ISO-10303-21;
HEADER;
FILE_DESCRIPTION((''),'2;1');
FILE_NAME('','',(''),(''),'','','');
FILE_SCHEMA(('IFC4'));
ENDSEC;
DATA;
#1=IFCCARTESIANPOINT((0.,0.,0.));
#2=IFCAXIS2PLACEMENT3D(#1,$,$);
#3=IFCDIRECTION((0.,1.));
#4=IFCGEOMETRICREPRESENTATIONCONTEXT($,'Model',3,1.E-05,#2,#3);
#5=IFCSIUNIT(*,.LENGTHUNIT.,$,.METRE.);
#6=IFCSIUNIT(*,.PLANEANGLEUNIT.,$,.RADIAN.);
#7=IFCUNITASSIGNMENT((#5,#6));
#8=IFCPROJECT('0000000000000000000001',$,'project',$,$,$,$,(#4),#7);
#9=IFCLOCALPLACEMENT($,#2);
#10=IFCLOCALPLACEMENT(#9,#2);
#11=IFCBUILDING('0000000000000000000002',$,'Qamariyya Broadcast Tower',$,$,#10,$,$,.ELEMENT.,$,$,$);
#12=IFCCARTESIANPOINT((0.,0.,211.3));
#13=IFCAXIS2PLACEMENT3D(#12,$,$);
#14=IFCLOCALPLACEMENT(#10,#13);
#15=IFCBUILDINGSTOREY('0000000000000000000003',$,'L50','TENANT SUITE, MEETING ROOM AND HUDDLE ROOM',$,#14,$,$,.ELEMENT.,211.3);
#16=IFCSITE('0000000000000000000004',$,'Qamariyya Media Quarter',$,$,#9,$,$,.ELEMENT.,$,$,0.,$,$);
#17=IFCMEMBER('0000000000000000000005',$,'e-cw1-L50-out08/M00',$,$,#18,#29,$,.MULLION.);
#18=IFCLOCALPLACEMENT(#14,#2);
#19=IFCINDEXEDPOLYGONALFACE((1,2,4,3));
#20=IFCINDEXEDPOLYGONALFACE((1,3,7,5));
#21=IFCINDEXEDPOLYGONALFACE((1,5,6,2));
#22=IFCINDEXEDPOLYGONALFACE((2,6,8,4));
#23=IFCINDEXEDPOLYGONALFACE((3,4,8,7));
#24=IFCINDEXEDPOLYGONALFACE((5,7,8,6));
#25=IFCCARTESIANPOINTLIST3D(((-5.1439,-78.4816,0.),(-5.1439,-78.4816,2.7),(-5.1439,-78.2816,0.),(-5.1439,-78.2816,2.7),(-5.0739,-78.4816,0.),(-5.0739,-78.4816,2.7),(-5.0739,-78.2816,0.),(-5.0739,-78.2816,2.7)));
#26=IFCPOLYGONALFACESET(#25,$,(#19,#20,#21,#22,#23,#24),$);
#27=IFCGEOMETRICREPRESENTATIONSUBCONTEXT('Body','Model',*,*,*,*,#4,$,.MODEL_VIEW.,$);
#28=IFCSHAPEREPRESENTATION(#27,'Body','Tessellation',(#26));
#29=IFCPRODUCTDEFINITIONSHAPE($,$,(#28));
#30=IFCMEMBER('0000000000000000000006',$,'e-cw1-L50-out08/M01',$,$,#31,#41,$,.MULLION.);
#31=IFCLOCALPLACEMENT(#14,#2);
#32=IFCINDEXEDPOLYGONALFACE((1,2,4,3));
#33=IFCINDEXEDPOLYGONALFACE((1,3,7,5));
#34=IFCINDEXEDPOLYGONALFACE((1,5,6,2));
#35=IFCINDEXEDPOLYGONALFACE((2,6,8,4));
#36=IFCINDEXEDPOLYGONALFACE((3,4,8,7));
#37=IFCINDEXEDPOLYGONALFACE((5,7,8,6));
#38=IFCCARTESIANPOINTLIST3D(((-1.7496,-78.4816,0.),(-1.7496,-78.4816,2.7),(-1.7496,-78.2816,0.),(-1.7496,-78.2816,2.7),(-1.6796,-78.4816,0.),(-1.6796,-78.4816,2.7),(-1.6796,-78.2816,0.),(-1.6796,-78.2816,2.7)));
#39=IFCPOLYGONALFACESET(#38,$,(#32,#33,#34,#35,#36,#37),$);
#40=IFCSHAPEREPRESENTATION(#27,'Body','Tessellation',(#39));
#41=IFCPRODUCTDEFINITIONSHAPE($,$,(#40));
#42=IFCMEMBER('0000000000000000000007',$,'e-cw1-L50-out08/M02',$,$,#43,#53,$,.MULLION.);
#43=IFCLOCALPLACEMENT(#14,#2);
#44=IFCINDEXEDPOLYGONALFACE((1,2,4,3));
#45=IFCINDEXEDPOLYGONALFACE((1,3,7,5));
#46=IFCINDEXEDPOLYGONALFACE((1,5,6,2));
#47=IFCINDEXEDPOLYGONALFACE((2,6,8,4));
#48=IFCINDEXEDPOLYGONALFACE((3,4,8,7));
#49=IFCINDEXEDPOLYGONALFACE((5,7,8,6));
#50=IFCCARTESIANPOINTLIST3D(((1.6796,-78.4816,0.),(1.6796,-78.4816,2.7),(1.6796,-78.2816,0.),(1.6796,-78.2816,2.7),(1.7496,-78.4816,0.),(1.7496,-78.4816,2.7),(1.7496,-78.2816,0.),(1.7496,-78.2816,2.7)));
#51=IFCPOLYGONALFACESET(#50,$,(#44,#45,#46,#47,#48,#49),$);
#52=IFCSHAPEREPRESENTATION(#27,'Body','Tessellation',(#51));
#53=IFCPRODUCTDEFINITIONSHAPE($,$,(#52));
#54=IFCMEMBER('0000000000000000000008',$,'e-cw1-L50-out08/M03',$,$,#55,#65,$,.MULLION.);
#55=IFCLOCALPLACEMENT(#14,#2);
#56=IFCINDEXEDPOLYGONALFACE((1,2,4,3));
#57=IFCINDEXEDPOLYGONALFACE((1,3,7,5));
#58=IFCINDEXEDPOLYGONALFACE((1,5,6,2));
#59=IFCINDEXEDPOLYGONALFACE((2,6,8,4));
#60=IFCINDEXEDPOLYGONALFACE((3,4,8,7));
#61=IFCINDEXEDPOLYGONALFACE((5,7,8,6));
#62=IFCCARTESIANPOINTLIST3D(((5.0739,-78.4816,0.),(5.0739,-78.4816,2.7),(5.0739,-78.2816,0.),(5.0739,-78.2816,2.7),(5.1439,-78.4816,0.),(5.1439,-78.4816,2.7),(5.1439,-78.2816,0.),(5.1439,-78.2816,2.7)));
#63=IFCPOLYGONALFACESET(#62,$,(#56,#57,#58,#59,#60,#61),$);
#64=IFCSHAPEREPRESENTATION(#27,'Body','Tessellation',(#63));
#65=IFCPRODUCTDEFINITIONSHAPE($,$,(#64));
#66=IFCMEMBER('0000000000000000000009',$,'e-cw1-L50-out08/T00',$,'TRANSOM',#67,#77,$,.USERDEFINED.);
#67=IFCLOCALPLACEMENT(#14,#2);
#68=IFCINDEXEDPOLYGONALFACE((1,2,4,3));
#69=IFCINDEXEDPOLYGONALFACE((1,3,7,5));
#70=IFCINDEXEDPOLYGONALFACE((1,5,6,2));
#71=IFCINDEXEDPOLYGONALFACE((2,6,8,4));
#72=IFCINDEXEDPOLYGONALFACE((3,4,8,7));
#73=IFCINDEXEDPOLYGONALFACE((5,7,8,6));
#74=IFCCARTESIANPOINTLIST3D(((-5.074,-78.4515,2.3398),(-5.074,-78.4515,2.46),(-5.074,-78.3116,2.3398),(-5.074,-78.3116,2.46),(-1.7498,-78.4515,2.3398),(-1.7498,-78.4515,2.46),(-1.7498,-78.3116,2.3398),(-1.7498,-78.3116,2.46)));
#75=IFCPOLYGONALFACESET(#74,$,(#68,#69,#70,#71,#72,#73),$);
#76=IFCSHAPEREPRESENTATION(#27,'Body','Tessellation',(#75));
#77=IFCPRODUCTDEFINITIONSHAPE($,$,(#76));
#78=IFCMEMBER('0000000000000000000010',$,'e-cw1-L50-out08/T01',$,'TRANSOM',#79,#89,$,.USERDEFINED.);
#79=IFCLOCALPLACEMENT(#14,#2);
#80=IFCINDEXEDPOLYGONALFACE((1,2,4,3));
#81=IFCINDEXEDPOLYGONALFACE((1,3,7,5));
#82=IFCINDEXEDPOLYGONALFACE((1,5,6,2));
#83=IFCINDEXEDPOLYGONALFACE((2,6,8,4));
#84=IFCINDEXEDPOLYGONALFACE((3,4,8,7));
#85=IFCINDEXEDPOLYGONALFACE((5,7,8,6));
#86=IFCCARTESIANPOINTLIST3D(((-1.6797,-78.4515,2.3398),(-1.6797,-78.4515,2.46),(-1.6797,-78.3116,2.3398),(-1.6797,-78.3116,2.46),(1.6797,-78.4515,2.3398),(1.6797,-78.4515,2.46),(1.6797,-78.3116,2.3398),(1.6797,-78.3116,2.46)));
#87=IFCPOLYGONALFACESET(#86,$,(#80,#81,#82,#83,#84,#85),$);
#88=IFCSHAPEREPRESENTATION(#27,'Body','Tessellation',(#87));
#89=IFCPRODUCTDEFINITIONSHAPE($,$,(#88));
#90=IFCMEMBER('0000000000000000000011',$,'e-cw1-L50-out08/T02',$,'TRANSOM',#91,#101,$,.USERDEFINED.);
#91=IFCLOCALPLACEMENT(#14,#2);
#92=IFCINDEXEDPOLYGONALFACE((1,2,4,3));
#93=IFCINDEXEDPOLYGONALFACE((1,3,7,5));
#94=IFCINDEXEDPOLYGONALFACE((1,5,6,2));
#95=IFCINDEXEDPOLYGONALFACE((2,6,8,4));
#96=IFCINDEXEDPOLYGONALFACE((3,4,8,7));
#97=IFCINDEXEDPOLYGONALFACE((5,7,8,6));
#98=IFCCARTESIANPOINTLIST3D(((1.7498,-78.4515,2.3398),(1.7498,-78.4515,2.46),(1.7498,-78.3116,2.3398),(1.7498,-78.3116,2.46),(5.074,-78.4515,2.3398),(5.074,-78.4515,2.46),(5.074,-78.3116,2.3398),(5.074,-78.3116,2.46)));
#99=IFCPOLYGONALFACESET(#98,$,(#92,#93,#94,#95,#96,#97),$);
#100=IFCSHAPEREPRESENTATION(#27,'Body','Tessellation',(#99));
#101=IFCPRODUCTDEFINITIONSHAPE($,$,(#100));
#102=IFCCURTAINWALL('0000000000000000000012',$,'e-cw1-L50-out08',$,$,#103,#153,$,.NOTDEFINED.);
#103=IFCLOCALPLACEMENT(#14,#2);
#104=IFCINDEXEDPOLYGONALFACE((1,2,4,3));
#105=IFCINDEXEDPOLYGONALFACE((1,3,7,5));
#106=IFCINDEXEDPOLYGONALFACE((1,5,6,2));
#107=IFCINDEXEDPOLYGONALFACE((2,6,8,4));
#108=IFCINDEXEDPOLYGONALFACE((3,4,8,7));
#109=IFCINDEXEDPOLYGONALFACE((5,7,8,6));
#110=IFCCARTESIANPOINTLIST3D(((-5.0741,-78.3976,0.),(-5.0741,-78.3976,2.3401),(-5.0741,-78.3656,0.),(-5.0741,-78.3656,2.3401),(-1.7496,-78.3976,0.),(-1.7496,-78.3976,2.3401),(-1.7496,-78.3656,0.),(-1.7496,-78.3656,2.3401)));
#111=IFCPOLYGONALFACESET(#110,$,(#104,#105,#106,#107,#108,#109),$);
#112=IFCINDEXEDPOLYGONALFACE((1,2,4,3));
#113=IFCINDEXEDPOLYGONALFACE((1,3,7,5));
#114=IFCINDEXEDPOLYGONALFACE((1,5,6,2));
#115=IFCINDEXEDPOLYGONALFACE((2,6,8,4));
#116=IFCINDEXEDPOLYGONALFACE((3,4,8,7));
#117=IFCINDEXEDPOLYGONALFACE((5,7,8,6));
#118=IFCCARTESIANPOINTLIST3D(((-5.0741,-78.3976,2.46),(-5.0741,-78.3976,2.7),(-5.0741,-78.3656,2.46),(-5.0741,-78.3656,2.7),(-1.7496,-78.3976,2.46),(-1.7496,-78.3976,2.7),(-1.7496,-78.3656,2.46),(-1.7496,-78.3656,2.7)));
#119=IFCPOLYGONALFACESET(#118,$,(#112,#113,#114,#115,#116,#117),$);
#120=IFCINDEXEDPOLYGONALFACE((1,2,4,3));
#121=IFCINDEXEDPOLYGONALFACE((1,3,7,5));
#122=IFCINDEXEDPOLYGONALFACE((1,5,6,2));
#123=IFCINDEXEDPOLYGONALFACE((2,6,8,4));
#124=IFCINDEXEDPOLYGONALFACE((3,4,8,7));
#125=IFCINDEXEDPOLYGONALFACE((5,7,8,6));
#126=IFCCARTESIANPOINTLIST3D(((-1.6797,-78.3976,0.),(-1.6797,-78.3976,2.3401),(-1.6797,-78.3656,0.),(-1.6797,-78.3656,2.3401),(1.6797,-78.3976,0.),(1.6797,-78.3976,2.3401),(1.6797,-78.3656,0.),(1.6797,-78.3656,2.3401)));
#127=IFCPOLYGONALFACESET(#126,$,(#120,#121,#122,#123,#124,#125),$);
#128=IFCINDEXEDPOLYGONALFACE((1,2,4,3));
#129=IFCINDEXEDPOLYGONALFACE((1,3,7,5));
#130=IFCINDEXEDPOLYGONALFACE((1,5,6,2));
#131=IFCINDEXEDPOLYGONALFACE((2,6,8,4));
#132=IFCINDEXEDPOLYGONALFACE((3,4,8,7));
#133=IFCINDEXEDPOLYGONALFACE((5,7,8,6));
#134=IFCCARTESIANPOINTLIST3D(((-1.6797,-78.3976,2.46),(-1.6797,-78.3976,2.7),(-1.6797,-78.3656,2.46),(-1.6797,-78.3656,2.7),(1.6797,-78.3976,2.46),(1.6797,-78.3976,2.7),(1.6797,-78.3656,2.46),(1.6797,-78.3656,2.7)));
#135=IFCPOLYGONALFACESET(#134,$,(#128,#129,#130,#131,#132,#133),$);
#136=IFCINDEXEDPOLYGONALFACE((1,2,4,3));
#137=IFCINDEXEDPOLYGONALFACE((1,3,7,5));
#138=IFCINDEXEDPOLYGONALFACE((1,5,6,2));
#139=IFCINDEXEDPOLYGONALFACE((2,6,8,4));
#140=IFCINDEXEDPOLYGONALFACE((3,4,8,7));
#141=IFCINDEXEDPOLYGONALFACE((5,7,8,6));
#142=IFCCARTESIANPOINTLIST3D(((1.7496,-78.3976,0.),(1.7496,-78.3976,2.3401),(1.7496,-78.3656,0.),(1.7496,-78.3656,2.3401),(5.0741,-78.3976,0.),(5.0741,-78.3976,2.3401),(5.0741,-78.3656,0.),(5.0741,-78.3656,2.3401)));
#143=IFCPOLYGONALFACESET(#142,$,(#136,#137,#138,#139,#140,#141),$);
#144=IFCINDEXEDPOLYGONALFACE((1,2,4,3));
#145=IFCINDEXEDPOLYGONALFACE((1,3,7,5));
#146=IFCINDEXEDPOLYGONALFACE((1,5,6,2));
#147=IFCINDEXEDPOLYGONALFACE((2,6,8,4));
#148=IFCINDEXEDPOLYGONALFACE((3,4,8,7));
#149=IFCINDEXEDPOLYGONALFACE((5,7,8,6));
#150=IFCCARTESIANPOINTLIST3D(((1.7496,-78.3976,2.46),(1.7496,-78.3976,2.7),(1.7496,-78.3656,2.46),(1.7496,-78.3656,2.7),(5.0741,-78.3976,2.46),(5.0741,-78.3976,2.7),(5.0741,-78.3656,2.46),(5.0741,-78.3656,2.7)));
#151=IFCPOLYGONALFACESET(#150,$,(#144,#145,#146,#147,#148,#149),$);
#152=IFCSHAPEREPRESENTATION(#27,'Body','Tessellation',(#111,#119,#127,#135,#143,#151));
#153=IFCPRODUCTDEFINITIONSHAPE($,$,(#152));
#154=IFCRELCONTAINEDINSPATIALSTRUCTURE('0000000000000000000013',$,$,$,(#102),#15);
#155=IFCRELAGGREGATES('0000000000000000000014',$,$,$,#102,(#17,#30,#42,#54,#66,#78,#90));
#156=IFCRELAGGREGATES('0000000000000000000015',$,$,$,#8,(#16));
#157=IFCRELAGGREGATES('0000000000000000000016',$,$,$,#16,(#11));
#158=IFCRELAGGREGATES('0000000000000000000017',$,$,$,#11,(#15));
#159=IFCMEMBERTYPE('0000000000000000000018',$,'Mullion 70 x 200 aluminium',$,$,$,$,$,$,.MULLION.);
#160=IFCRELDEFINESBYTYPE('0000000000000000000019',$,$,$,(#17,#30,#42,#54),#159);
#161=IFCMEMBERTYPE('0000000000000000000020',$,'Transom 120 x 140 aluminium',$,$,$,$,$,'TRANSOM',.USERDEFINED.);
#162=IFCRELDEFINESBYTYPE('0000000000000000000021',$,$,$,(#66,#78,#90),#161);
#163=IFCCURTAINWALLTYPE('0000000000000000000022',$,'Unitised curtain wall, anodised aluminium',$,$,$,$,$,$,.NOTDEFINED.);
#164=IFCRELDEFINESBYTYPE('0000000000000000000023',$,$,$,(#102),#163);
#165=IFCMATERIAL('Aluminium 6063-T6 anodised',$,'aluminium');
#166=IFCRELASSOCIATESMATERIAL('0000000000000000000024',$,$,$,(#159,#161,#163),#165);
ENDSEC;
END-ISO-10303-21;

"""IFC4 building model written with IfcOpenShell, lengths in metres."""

from ifc_helpers import new_model, si_unit, direction, frame, origin, origin_2d, place, context, subcontext, project, spatial, rectangle, extrude, material, material_profile, profile_set, type_object, element, aggregate, save


model = new_model("IFC4")

# Units and contexts
model_context = context("Model", 3, precision=1e-05, world=origin(), true_north=direction((0.0, 1.0)))
body_context = subcontext(model_context, "Body", "Model", "MODEL_VIEW")
ifc_project = project(units=[si_unit("LENGTHUNIT", "METRE"), si_unit("PLANEANGLEUNIT", "RADIAN")], contexts=[model_context])

# Members
ifc_material = material(Name="Aluminium 6063-T6 anodised", Category="aluminium")
ifc_material_profile_1 = material_profile(ifc_material, rectangle(XDim=0.2, YDim=0.0701, at=origin_2d()))
ifc_profile_set_1 = profile_set([ifc_material_profile_1], Name="Aluminium 6063-T6 anodised")
member_type_1 = type_object("IfcMemberType", Name="Mullion 70 x 200 aluminium", PredefinedType="MULLION", material=ifc_profile_set_1)
site_placement = place(None, origin())
building_placement = place(site_placement, origin())
storey_placement = place(building_placement, frame((0.0, 0.0, 211.3)))
member_1_placement = place(storey_placement, frame((-5.1089, -78.3816, 0.0), z_axis=(0.0, 0.0, 1.0), x_axis=(0.0, 1.0, 0.0)))
member_1 = element("IfcMember", 1, at=member_1_placement, type_object=member_type_1, Name="e-cw1-L50-out08/M00", PredefinedType="MULLION", context=body_context, shape_type="SweptSolid", body=[
    extrude(rectangle(XDim=0.2, YDim=0.0701, at=origin_2d()), origin(), (0.0, 0.0, 1.0), 2.7),
])
member_2_placement = place(storey_placement, frame((-1.7146, -78.3816, 0.0), z_axis=(0.0, 0.0, 1.0), x_axis=(0.0, 1.0, 0.0)))
member_2 = element("IfcMember", 2, at=member_2_placement, type_object=member_type_1, Name="e-cw1-L50-out08/M01", PredefinedType="MULLION", context=body_context, shape_type="SweptSolid", body=[
    extrude(rectangle(XDim=0.2, YDim=0.0701, at=origin_2d()), origin(), (0.0, 0.0, 1.0), 2.7),
])
member_3_placement = place(storey_placement, frame((1.7146, -78.3816, 0.0), z_axis=(0.0, 0.0, 1.0), x_axis=(0.0, 1.0, 0.0)))
member_3 = element("IfcMember", 3, at=member_3_placement, type_object=member_type_1, Name="e-cw1-L50-out08/M02", PredefinedType="MULLION", context=body_context, shape_type="SweptSolid", body=[
    extrude(rectangle(XDim=0.2, YDim=0.0701, at=origin_2d()), origin(), (0.0, 0.0, 1.0), 2.7),
])
member_4_placement = place(storey_placement, frame((5.1089, -78.3816, 0.0), z_axis=(0.0, 0.0, 1.0), x_axis=(0.0, 1.0, 0.0)))
member_4 = element("IfcMember", 4, at=member_4_placement, type_object=member_type_1, Name="e-cw1-L50-out08/M03", PredefinedType="MULLION", context=body_context, shape_type="SweptSolid", body=[
    extrude(rectangle(XDim=0.2, YDim=0.0701, at=origin_2d()), origin(), (0.0, 0.0, 1.0), 2.7),
])
ifc_material_profile_2 = material_profile(ifc_material, rectangle(XDim=0.1399, YDim=0.1201, at=origin_2d()))
ifc_profile_set_2 = profile_set([ifc_material_profile_2], Name="Aluminium 6063-T6 anodised")
member_type_2 = type_object("IfcMemberType", Name="Transom 120 x 140 aluminium", ElementType="TRANSOM", PredefinedType="USERDEFINED", material=ifc_profile_set_2)
member_5_placement = place(storey_placement, frame((-5.074, -78.3816, 2.3999), z_axis=(1.0, 0.0, 0.0), x_axis=(0.0, 1.0, 0.0)))
member_5 = element("IfcMember", 5, at=member_5_placement, type_object=member_type_2, Name="e-cw1-L50-out08/T00", ObjectType="TRANSOM", PredefinedType="USERDEFINED", context=body_context, shape_type="SweptSolid", body=[
    extrude(rectangle(XDim=0.1399, YDim=0.1201, at=origin_2d()), origin(), (0.0, 0.0, 1.0), 3.3242),
])
member_6_placement = place(storey_placement, frame((-1.6797, -78.3816, 2.3999), z_axis=(1.0, 0.0, 0.0), x_axis=(0.0, 1.0, 0.0)))
member_6 = element("IfcMember", 6, at=member_6_placement, type_object=member_type_2, Name="e-cw1-L50-out08/T01", ObjectType="TRANSOM", PredefinedType="USERDEFINED", context=body_context, shape_type="SweptSolid", body=[
    extrude(rectangle(XDim=0.1399, YDim=0.1201, at=origin_2d()), origin(), (0.0, 0.0, 1.0), 3.3594),
])
member_7_placement = place(storey_placement, frame((1.7498, -78.3816, 2.3999), z_axis=(1.0, 0.0, 0.0), x_axis=(0.0, 1.0, 0.0)))
member_7 = element("IfcMember", 7, at=member_7_placement, type_object=member_type_2, Name="e-cw1-L50-out08/T02", ObjectType="TRANSOM", PredefinedType="USERDEFINED", context=body_context, shape_type="SweptSolid", body=[
    extrude(rectangle(XDim=0.1399, YDim=0.1201, at=origin_2d()), origin(), (0.0, 0.0, 1.0), 3.3242),
])

# Site, building, storey
site = spatial("IfcSite", under=ifc_project, at=site_placement, Name="Qamariyya Media Quarter", CompositionType="ELEMENT", RefElevation=0.0)
building = spatial("IfcBuilding", under=site, at=building_placement, Name="Qamariyya Broadcast Tower", CompositionType="ELEMENT")
storey = spatial("IfcBuildingStorey", under=building, at=storey_placement, Name="L50", Description="TENANT SUITE, MEETING ROOM AND HUDDLE ROOM", CompositionType="ELEMENT", Elevation=211.3)

# Curtain wall
curtain_wall_type = type_object("IfcCurtainWallType", Name="Unitised curtain wall, anodised aluminium", PredefinedType="NOTDEFINED", material=ifc_material)
curtain_wall_1_placement = place(storey_placement, origin())
curtain_wall_1 = element("IfcCurtainWall", 8, at=curtain_wall_1_placement, inside=storey, type_object=curtain_wall_type, Name="e-cw1-L50-out08", PredefinedType="NOTDEFINED", context=body_context, shape_type="SweptSolid", body=[
    extrude(rectangle(XDim=3.3245, YDim=0.032, at=origin_2d()), frame((-3.4119, -78.3816, 0.0), x_axis=(1.0, 0.0, 0.0)), (0.0, 0.0, 1.0), 2.3401),
    extrude(rectangle(XDim=3.3245, YDim=0.032, at=origin_2d()), frame((-3.4119, -78.3816, 2.46), x_axis=(1.0, 0.0, 0.0)), (0.0, 0.0, 1.0), 0.24),
    extrude(rectangle(XDim=3.3594, YDim=0.032, at=origin_2d()), frame((0.0, -78.3816, 0.0), x_axis=(1.0, 0.0, 0.0)), (0.0, 0.0, 1.0), 2.3401),
    extrude(rectangle(XDim=3.3594, YDim=0.032, at=origin_2d()), frame((0.0, -78.3816, 2.46), x_axis=(1.0, 0.0, 0.0)), (0.0, 0.0, 1.0), 0.24),
    extrude(rectangle(XDim=3.3245, YDim=0.032, at=origin_2d()), frame((3.4119, -78.3816, 0.0), x_axis=(1.0, 0.0, 0.0)), (0.0, 0.0, 1.0), 2.3401),
    extrude(rectangle(XDim=3.3245, YDim=0.032, at=origin_2d()), frame((3.4119, -78.3816, 2.46), x_axis=(1.0, 0.0, 0.0)), (0.0, 0.0, 1.0), 0.24),
])
aggregate(curtain_wall_1, [member_1, member_2, member_3, member_4, member_5, member_6, member_7])

save(model, "model.ifc")
